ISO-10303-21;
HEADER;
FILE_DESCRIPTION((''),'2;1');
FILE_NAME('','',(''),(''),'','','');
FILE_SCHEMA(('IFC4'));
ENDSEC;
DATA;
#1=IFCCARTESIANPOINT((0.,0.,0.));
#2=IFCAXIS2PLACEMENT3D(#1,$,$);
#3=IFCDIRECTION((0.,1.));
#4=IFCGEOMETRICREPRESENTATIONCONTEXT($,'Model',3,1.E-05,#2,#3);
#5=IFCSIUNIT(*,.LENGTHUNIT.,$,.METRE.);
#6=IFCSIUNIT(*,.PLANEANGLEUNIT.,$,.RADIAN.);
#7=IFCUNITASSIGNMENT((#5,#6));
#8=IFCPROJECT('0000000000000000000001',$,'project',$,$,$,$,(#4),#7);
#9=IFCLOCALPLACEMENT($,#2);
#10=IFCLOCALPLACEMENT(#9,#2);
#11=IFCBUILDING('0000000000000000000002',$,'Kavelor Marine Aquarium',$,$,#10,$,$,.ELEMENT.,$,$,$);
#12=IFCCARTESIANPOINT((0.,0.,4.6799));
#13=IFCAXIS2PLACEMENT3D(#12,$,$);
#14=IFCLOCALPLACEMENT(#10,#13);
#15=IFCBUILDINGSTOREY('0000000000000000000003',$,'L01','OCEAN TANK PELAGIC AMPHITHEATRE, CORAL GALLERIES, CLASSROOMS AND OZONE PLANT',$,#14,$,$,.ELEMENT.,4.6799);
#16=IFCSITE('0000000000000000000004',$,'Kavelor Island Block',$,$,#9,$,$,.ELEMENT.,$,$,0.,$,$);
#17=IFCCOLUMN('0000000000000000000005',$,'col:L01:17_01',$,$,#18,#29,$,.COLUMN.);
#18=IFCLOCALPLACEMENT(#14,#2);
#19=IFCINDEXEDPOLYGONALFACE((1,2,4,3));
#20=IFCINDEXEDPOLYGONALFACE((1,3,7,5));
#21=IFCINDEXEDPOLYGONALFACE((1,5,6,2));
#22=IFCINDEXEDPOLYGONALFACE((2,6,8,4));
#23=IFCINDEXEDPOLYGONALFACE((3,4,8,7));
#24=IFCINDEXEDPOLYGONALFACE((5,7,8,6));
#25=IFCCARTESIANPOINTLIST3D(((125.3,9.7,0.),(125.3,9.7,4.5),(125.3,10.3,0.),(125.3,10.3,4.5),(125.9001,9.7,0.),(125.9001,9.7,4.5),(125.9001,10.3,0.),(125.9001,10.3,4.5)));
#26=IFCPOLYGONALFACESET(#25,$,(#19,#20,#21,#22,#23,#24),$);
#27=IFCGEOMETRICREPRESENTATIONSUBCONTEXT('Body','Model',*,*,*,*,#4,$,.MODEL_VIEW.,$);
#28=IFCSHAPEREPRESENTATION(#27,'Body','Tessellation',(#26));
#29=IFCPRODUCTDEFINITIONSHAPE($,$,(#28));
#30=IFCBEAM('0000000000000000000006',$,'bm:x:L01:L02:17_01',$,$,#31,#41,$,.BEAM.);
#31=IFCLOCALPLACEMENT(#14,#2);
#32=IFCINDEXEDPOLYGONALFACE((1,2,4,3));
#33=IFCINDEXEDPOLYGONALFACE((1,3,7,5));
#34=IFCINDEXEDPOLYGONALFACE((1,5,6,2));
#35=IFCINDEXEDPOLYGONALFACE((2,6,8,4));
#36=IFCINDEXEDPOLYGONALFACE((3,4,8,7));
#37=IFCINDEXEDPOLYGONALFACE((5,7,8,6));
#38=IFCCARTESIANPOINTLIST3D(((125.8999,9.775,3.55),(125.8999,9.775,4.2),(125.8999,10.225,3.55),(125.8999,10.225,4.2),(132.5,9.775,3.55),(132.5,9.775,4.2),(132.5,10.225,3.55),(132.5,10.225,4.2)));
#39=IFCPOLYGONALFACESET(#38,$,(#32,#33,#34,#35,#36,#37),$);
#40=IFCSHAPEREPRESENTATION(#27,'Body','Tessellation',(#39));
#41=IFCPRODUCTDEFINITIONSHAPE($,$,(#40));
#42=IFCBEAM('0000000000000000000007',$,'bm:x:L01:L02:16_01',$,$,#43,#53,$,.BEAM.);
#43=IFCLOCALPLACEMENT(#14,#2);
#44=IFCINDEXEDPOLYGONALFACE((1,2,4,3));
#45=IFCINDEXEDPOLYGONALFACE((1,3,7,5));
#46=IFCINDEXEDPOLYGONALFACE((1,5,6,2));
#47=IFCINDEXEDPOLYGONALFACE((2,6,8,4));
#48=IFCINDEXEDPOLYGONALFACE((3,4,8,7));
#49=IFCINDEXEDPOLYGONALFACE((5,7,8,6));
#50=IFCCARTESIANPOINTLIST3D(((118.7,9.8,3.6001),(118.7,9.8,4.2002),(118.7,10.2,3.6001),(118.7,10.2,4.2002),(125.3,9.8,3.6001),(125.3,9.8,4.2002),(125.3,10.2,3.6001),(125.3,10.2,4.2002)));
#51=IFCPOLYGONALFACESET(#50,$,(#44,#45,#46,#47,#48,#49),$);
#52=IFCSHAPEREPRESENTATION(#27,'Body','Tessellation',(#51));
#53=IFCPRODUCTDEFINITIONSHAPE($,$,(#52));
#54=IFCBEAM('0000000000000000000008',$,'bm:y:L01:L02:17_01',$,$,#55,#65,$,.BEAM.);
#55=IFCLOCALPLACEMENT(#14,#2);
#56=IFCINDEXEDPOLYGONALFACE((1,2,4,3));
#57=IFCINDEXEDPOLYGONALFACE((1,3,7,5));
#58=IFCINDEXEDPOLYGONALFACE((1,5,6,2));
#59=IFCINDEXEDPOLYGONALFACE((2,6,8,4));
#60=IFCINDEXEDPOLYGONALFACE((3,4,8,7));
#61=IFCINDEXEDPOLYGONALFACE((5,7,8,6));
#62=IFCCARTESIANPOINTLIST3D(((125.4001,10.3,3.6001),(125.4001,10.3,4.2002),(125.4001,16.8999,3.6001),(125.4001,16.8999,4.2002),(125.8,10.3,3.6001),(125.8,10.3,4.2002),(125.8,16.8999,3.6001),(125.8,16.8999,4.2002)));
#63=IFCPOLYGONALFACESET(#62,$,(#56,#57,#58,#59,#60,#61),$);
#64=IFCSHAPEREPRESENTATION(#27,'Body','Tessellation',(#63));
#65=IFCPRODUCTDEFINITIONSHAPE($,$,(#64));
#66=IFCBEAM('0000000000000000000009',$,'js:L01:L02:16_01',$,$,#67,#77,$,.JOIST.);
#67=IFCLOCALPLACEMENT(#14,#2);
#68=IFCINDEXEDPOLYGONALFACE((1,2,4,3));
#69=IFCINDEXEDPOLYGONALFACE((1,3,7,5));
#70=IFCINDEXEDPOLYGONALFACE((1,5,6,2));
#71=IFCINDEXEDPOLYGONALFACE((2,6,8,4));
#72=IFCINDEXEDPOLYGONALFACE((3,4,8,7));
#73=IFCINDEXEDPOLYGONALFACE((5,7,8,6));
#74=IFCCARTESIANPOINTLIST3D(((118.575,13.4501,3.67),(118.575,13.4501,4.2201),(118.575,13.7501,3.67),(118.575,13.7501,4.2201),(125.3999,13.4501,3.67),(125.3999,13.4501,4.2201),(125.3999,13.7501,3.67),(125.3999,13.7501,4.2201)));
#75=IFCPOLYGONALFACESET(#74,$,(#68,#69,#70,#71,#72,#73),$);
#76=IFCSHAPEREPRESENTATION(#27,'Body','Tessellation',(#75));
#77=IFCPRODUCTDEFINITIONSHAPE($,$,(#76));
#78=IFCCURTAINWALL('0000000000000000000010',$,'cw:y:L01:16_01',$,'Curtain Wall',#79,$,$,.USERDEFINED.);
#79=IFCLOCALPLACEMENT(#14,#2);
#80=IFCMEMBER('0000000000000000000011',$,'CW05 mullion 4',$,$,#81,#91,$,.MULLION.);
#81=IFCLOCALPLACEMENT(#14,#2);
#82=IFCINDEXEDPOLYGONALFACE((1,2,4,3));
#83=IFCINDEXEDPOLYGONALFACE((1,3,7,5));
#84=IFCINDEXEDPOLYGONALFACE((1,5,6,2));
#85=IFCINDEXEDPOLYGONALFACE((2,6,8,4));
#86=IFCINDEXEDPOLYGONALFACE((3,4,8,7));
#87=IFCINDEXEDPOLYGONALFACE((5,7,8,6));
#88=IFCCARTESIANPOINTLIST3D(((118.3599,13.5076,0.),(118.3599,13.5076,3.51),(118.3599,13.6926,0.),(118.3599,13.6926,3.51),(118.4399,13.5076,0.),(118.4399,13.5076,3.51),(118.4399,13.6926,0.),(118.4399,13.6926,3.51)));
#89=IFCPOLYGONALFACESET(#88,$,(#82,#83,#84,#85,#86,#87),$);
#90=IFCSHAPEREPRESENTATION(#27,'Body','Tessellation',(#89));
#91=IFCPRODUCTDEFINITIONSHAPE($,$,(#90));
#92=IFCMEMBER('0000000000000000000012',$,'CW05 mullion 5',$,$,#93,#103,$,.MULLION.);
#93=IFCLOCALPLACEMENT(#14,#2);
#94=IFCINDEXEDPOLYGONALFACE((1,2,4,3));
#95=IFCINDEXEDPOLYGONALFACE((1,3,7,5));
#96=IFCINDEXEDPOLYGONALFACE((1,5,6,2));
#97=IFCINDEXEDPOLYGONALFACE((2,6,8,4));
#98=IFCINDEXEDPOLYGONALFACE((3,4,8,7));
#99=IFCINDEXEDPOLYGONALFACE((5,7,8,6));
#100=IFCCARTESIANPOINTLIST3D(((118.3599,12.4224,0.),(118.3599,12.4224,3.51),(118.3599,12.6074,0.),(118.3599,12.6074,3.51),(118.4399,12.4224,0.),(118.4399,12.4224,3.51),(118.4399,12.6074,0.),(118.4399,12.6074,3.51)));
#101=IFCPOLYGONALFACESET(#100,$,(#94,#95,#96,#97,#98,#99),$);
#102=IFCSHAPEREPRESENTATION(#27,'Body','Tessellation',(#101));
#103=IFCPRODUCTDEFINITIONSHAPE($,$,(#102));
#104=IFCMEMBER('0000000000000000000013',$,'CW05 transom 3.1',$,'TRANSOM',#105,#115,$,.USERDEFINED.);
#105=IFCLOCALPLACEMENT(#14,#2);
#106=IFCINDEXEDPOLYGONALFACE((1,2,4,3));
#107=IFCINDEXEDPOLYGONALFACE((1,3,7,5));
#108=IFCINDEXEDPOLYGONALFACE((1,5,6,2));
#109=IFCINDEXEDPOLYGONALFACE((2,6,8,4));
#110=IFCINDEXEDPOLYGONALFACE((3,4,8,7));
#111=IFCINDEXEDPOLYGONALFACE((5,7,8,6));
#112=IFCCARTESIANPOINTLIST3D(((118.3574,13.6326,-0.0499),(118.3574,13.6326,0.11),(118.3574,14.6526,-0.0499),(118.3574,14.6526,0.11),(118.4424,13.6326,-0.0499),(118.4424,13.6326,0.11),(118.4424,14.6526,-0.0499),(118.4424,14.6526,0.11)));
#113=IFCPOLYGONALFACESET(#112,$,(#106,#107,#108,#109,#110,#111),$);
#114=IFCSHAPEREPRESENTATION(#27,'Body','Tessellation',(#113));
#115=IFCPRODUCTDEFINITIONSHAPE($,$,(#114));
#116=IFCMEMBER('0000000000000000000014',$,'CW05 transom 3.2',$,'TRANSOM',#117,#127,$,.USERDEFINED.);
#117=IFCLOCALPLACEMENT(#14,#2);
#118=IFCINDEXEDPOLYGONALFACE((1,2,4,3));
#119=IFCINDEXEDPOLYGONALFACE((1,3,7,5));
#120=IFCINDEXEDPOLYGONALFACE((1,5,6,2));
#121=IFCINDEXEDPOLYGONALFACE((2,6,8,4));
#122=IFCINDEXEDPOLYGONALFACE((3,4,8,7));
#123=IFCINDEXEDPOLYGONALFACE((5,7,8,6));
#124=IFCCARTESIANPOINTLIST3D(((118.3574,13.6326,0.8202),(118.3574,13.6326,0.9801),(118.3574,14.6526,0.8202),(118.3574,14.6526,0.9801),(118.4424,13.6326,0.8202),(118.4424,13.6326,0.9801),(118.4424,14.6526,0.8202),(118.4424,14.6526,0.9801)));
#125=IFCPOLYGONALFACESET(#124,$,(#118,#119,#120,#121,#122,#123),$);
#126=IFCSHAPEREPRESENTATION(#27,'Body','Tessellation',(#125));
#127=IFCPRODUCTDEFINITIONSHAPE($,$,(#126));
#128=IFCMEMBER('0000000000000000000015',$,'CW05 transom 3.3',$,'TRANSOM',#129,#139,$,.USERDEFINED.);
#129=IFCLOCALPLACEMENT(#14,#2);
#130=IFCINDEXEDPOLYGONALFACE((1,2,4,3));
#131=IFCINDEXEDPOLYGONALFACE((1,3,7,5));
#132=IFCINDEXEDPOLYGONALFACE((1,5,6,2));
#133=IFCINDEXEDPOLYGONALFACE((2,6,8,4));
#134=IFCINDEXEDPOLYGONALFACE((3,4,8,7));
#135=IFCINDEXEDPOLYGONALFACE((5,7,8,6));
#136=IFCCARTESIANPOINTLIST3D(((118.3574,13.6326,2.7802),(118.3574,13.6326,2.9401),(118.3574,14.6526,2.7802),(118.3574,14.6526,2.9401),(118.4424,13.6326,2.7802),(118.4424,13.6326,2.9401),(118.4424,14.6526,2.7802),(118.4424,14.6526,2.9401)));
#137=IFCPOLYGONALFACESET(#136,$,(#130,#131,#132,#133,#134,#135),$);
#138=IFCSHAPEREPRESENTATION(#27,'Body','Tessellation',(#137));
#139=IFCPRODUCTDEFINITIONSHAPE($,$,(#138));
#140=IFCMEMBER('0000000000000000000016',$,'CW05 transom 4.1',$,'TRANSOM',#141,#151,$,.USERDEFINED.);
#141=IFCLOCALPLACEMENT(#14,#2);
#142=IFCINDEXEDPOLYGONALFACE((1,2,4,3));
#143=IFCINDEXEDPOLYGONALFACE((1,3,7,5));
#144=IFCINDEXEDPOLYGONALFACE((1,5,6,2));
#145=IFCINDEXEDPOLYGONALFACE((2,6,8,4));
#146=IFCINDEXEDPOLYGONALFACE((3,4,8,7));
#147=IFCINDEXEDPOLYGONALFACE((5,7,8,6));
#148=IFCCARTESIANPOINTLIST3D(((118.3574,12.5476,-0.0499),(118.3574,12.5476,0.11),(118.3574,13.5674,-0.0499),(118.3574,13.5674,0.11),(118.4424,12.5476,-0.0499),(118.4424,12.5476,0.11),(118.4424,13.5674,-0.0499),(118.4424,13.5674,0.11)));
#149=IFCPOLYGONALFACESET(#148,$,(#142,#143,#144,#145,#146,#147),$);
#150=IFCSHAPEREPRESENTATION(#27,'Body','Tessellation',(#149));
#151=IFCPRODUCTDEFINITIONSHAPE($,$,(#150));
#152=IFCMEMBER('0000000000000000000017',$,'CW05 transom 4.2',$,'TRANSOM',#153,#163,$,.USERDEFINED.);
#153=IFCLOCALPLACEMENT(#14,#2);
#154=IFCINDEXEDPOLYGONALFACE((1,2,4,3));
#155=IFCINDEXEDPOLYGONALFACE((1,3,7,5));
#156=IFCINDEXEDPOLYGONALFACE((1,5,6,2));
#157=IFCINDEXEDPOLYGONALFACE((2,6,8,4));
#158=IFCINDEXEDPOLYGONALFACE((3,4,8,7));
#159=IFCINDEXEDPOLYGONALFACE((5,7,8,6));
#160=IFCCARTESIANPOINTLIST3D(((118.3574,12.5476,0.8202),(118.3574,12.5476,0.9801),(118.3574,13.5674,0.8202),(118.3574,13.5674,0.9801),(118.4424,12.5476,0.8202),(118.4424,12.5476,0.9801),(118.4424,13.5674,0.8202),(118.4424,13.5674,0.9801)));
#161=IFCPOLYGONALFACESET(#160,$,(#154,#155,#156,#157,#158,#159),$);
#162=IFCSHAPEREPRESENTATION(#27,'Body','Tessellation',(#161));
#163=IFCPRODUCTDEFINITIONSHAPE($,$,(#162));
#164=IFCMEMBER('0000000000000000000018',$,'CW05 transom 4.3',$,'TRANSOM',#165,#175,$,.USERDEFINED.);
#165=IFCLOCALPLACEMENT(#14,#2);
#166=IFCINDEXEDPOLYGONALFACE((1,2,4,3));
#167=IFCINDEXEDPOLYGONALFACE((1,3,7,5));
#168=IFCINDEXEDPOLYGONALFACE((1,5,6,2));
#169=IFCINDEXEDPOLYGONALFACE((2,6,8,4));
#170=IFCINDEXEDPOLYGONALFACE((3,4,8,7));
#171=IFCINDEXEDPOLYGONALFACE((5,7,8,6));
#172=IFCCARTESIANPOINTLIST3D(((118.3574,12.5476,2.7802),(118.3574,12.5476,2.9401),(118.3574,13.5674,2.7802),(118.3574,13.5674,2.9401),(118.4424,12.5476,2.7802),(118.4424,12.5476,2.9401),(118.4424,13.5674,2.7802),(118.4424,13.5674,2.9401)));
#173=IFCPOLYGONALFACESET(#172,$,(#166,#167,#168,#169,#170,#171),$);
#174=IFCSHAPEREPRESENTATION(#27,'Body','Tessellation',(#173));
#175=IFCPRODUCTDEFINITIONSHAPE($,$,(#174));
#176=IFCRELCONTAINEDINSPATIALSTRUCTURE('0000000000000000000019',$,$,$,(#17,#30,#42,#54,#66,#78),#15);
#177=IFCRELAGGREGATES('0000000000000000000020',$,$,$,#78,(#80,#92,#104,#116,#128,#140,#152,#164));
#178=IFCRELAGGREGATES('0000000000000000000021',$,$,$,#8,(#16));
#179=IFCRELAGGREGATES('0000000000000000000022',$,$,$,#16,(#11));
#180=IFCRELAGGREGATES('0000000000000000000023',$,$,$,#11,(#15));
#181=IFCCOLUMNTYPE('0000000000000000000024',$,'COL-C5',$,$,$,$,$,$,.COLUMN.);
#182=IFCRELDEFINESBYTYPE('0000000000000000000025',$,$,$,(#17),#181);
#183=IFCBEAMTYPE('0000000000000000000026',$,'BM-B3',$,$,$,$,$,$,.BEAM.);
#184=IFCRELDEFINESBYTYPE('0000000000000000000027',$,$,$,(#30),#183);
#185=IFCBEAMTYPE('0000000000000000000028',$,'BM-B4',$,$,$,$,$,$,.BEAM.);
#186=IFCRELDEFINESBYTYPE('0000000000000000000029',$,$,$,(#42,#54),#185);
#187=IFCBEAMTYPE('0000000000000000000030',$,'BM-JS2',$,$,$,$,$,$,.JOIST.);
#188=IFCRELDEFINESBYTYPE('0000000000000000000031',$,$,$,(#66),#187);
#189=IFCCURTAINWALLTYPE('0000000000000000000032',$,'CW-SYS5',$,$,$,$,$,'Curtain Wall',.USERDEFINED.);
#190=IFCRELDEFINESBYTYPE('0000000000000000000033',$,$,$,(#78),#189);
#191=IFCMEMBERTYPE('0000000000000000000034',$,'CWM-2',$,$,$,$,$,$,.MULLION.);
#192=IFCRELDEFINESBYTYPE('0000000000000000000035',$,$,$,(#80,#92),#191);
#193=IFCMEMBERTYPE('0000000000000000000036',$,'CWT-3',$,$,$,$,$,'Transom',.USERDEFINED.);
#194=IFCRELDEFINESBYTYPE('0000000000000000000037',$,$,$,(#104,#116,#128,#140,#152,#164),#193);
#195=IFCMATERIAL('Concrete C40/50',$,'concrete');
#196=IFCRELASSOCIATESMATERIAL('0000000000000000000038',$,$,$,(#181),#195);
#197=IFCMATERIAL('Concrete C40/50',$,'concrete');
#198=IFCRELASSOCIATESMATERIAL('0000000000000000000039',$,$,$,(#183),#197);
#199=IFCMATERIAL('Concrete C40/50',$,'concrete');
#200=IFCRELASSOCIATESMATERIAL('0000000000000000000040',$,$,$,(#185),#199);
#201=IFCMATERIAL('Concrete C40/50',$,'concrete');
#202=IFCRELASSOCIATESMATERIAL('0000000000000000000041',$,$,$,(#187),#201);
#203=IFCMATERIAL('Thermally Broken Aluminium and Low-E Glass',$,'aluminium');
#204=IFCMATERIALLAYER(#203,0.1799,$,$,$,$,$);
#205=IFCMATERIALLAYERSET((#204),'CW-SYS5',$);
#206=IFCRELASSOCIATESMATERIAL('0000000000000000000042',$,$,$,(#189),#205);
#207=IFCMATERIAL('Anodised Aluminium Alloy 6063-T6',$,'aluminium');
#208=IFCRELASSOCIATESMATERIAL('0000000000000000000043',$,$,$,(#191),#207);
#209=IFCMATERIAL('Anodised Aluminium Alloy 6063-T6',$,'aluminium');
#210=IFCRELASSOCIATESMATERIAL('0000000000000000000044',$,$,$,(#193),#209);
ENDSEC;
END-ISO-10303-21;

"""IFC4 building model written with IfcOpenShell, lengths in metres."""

from ifc_helpers import new_model, si_unit, direction, frame, origin, origin_2d, place, context, subcontext, project, spatial, rectangle, extrude, material, layer, layer_set, material_profile, profile_set, type_object, element, aggregate, save


model = new_model("IFC4")

# Units and contexts
model_context = context("Model", 3, precision=1e-05, world=origin(), true_north=direction((0.0, 1.0)))
body_context = subcontext(model_context, "Body", "Model", "MODEL_VIEW")
ifc_project = project(units=[si_unit("LENGTHUNIT", "METRE"), si_unit("PLANEANGLEUNIT", "RADIAN")], contexts=[model_context])

# Site, building, storey
site_placement = place(None, origin())
site = spatial("IfcSite", under=ifc_project, at=site_placement, Name="Kavelor Island Block", CompositionType="ELEMENT", RefElevation=0.0)
building_placement = place(site_placement, origin())
building = spatial("IfcBuilding", under=site, at=building_placement, Name="Kavelor Marine Aquarium", CompositionType="ELEMENT")
storey_placement = place(building_placement, frame((0.0, 0.0, 4.6799)))
storey = spatial("IfcBuildingStorey", under=building, at=storey_placement, Name="L01", Description="OCEAN TANK PELAGIC AMPHITHEATRE, CORAL GALLERIES, CLASSROOMS AND OZONE PLANT", CompositionType="ELEMENT", Elevation=4.6799)

# Column
ifc_material_1 = material(Name="Concrete C40/50", Category="concrete")
ifc_material_profile_1 = material_profile(ifc_material_1, rectangle(XDim=0.6001, YDim=0.6001, at=origin_2d()), Name="RC-COL 600x600")
ifc_profile_set_1 = profile_set([ifc_material_profile_1], Name="Concrete C40/50")
column_type = type_object("IfcColumnType", Name="COL-C5", PredefinedType="COLUMN", material=ifc_profile_set_1)
column_placement = place(storey_placement, frame((125.6001, 10.0, 0.0), z_axis=(0.0, 0.0, 1.0), x_axis=(1.0, 0.0, 0.0)))
element("IfcColumn", 1, at=column_placement, inside=storey, type_object=column_type, Name="col:L01:17_01", PredefinedType="COLUMN", context=body_context, shape_type="SweptSolid", body=[
    extrude(rectangle(XDim=0.6001, YDim=0.6001, at=origin_2d()), origin(), (0.0, 0.0, 1.0), 4.5),
])

# Beams
ifc_material_2 = material(Name="Concrete C40/50", Category="concrete")
ifc_material_profile_2 = material_profile(ifc_material_2, rectangle(XDim=0.45, YDim=0.6499, at=origin_2d()), Name="RC-BM 450x650")
ifc_profile_set_2 = profile_set([ifc_material_profile_2], Name="Concrete C40/50")
beam_type_1 = type_object("IfcBeamType", Name="BM-B3", PredefinedType="BEAM", material=ifc_profile_set_2)
beam_1_placement = place(storey_placement, frame((125.8999, 10.0, 3.875), z_axis=(1.0, 0.0, 0.0), x_axis=(0.0, 1.0, 0.0)))
element("IfcBeam", 2, at=beam_1_placement, inside=storey, type_object=beam_type_1, Name="bm:x:L01:L02:17_01", PredefinedType="BEAM", context=body_context, shape_type="SweptSolid", body=[
    extrude(rectangle(XDim=0.45, YDim=0.6499, at=origin_2d()), origin(), (0.0, 0.0, 1.0), 6.6001),
])
ifc_material_3 = material(Name="Concrete C40/50", Category="concrete")
ifc_material_profile_3 = material_profile(ifc_material_3, rectangle(XDim=0.3999, YDim=0.6001, at=origin_2d()), Name="RC-BM 400x600")
ifc_profile_set_3 = profile_set([ifc_material_profile_3], Name="Concrete C40/50")
beam_type_2 = type_object("IfcBeamType", Name="BM-B4", PredefinedType="BEAM", material=ifc_profile_set_3)
beam_2_placement = place(storey_placement, frame((118.7, 10.0, 3.9001), z_axis=(1.0, 0.0, 0.0), x_axis=(0.0, 1.0, 0.0)))
element("IfcBeam", 3, at=beam_2_placement, inside=storey, type_object=beam_type_2, Name="bm:x:L01:L02:16_01", PredefinedType="BEAM", context=body_context, shape_type="SweptSolid", body=[
    extrude(rectangle(XDim=0.3999, YDim=0.6001, at=origin_2d()), origin(), (0.0, 0.0, 1.0), 6.6001),
])
beam_3_placement = place(storey_placement, frame((125.6001, 10.3, 3.9001), z_axis=(0.0, 1.0, 0.0), x_axis=(-1.0, 0.0, 0.0)))
element("IfcBeam", 4, at=beam_3_placement, inside=storey, type_object=beam_type_2, Name="bm:y:L01:L02:17_01", PredefinedType="BEAM", context=body_context, shape_type="SweptSolid", body=[
    extrude(rectangle(XDim=0.3999, YDim=0.6001, at=origin_2d()), origin(), (0.0, 0.0, 1.0), 6.5999),
])
ifc_material_4 = material(Name="Concrete C40/50", Category="concrete")
ifc_material_profile_4 = material_profile(ifc_material_4, rectangle(XDim=0.3, YDim=0.55, at=origin_2d()), Name="RC-JS 300x550")
ifc_profile_set_4 = profile_set([ifc_material_profile_4], Name="Concrete C40/50")
beam_type_3 = type_object("IfcBeamType", Name="BM-JS2", PredefinedType="JOIST", material=ifc_profile_set_4)
beam_4_placement = place(storey_placement, frame((118.575, 13.6001, 3.9451), z_axis=(1.0, 0.0, 0.0), x_axis=(0.0, 1.0, 0.0)))
element("IfcBeam", 5, at=beam_4_placement, inside=storey, type_object=beam_type_3, Name="js:L01:L02:16_01", PredefinedType="JOIST", context=body_context, shape_type="SweptSolid", body=[
    extrude(rectangle(XDim=0.3, YDim=0.55, at=origin_2d()), origin(), (0.0, 0.0, 1.0), 6.825),
])

# Curtain wall, members
ifc_material_5 = material(Name="Thermally Broken Aluminium and Low-E Glass", Category="aluminium")
ifc_layer_1 = layer(ifc_material_5, 0.1799)
ifc_layer_set_1 = layer_set([ifc_layer_1], Name="CW-SYS5")
curtain_wall_type = type_object("IfcCurtainWallType", Name="CW-SYS5", ElementType="Curtain Wall", PredefinedType="USERDEFINED", material=ifc_layer_set_1)
curtain_wall_placement = place(storey_placement, origin())
curtain_wall = element("IfcCurtainWall", 6, at=curtain_wall_placement, inside=storey, type_object=curtain_wall_type, Name="cw:y:L01:16_01", ObjectType="Curtain Wall", PredefinedType="USERDEFINED")
ifc_material_6 = material(Name="Anodised Aluminium Alloy 6063-T6", Category="aluminium")
ifc_material_profile_5 = material_profile(ifc_material_6, rectangle(XDim=0.0801, YDim=0.1851, at=origin_2d()), Name="CW-MUL 80x185")
ifc_profile_set_5 = profile_set([ifc_material_profile_5], Name="Anodised Aluminium Alloy 6063-T6")
member_type_1 = type_object("IfcMemberType", Name="CWM-2", PredefinedType="MULLION", material=ifc_profile_set_5)
member_1_placement = place(storey_placement, frame((118.3999, 13.6001, 0.0), z_axis=(0.0, 0.0, 1.0), x_axis=(1.0, 0.0, 0.0)))
member_1 = element("IfcMember", 7, at=member_1_placement, type_object=member_type_1, Name="CW05 mullion 4", PredefinedType="MULLION", context=body_context, shape_type="SweptSolid", body=[
    extrude(rectangle(XDim=0.0801, YDim=0.1851, at=origin_2d()), origin(), (0.0, 0.0, 1.0), 3.51),
])
member_2_placement = place(storey_placement, frame((118.3999, 12.5149, 0.0), z_axis=(0.0, 0.0, 1.0), x_axis=(1.0, 0.0, 0.0)))
member_2 = element("IfcMember", 8, at=member_2_placement, type_object=member_type_1, Name="CW05 mullion 5", PredefinedType="MULLION", context=body_context, shape_type="SweptSolid", body=[
    extrude(rectangle(XDim=0.0801, YDim=0.1851, at=origin_2d()), origin(), (0.0, 0.0, 1.0), 3.51),
])
ifc_material_7 = material(Name="Anodised Aluminium Alloy 6063-T6", Category="aluminium")
ifc_material_profile_6 = material_profile(ifc_material_7, rectangle(XDim=0.085, YDim=0.1599, at=origin_2d()), Name="CW-TRN 85x160")
ifc_profile_set_6 = profile_set([ifc_material_profile_6], Name="Anodised Aluminium Alloy 6063-T6")
member_type_2 = type_object("IfcMemberType", Name="CWT-3", ElementType="Transom", PredefinedType="USERDEFINED", material=ifc_profile_set_6)
member_3_placement = place(storey_placement, frame((118.3999, 14.6526, 0.03), z_axis=(0.0, -1.0, 0.0), x_axis=(1.0, 0.0, 0.0)))
member_3 = element("IfcMember", 9, at=member_3_placement, type_object=member_type_2, Name="CW05 transom 3.1", ObjectType="TRANSOM", PredefinedType="USERDEFINED", context=body_context, shape_type="SweptSolid", body=[
    extrude(rectangle(XDim=0.085, YDim=0.1599, at=origin_2d()), origin(), (0.0, 0.0, 1.0), 1.02),
])
member_4_placement = place(storey_placement, frame((118.3999, 14.6526, 0.9001), z_axis=(0.0, -1.0, 0.0), x_axis=(1.0, 0.0, 0.0)))
member_4 = element("IfcMember", 10, at=member_4_placement, type_object=member_type_2, Name="CW05 transom 3.2", ObjectType="TRANSOM", PredefinedType="USERDEFINED", context=body_context, shape_type="SweptSolid", body=[
    extrude(rectangle(XDim=0.085, YDim=0.1599, at=origin_2d()), origin(), (0.0, 0.0, 1.0), 1.02),
])
member_5_placement = place(storey_placement, frame((118.3999, 14.6526, 2.8601), z_axis=(0.0, -1.0, 0.0), x_axis=(1.0, 0.0, 0.0)))
member_5 = element("IfcMember", 11, at=member_5_placement, type_object=member_type_2, Name="CW05 transom 3.3", ObjectType="TRANSOM", PredefinedType="USERDEFINED", context=body_context, shape_type="SweptSolid", body=[
    extrude(rectangle(XDim=0.085, YDim=0.1599, at=origin_2d()), origin(), (0.0, 0.0, 1.0), 1.02),
])
member_6_placement = place(storey_placement, frame((118.3999, 13.5674, 0.03), z_axis=(0.0, -1.0, 0.0), x_axis=(1.0, 0.0, 0.0)))
member_6 = element("IfcMember", 12, at=member_6_placement, type_object=member_type_2, Name="CW05 transom 4.1", ObjectType="TRANSOM", PredefinedType="USERDEFINED", context=body_context, shape_type="SweptSolid", body=[
    extrude(rectangle(XDim=0.085, YDim=0.1599, at=origin_2d()), origin(), (0.0, 0.0, 1.0), 1.0198),
])
member_7_placement = place(storey_placement, frame((118.3999, 13.5674, 0.9001), z_axis=(0.0, -1.0, 0.0), x_axis=(1.0, 0.0, 0.0)))
member_7 = element("IfcMember", 13, at=member_7_placement, type_object=member_type_2, Name="CW05 transom 4.2", ObjectType="TRANSOM", PredefinedType="USERDEFINED", context=body_context, shape_type="SweptSolid", body=[
    extrude(rectangle(XDim=0.085, YDim=0.1599, at=origin_2d()), origin(), (0.0, 0.0, 1.0), 1.0198),
])
member_8_placement = place(storey_placement, frame((118.3999, 13.5674, 2.8601), z_axis=(0.0, -1.0, 0.0), x_axis=(1.0, 0.0, 0.0)))
member_8 = element("IfcMember", 14, at=member_8_placement, type_object=member_type_2, Name="CW05 transom 4.3", ObjectType="TRANSOM", PredefinedType="USERDEFINED", context=body_context, shape_type="SweptSolid", body=[
    extrude(rectangle(XDim=0.085, YDim=0.1599, at=origin_2d()), origin(), (0.0, 0.0, 1.0), 1.0198),
])

aggregate(curtain_wall, [member_1, member_2, member_3, member_4, member_5, member_6, member_7, member_8])

save(model, "model.ifc")
